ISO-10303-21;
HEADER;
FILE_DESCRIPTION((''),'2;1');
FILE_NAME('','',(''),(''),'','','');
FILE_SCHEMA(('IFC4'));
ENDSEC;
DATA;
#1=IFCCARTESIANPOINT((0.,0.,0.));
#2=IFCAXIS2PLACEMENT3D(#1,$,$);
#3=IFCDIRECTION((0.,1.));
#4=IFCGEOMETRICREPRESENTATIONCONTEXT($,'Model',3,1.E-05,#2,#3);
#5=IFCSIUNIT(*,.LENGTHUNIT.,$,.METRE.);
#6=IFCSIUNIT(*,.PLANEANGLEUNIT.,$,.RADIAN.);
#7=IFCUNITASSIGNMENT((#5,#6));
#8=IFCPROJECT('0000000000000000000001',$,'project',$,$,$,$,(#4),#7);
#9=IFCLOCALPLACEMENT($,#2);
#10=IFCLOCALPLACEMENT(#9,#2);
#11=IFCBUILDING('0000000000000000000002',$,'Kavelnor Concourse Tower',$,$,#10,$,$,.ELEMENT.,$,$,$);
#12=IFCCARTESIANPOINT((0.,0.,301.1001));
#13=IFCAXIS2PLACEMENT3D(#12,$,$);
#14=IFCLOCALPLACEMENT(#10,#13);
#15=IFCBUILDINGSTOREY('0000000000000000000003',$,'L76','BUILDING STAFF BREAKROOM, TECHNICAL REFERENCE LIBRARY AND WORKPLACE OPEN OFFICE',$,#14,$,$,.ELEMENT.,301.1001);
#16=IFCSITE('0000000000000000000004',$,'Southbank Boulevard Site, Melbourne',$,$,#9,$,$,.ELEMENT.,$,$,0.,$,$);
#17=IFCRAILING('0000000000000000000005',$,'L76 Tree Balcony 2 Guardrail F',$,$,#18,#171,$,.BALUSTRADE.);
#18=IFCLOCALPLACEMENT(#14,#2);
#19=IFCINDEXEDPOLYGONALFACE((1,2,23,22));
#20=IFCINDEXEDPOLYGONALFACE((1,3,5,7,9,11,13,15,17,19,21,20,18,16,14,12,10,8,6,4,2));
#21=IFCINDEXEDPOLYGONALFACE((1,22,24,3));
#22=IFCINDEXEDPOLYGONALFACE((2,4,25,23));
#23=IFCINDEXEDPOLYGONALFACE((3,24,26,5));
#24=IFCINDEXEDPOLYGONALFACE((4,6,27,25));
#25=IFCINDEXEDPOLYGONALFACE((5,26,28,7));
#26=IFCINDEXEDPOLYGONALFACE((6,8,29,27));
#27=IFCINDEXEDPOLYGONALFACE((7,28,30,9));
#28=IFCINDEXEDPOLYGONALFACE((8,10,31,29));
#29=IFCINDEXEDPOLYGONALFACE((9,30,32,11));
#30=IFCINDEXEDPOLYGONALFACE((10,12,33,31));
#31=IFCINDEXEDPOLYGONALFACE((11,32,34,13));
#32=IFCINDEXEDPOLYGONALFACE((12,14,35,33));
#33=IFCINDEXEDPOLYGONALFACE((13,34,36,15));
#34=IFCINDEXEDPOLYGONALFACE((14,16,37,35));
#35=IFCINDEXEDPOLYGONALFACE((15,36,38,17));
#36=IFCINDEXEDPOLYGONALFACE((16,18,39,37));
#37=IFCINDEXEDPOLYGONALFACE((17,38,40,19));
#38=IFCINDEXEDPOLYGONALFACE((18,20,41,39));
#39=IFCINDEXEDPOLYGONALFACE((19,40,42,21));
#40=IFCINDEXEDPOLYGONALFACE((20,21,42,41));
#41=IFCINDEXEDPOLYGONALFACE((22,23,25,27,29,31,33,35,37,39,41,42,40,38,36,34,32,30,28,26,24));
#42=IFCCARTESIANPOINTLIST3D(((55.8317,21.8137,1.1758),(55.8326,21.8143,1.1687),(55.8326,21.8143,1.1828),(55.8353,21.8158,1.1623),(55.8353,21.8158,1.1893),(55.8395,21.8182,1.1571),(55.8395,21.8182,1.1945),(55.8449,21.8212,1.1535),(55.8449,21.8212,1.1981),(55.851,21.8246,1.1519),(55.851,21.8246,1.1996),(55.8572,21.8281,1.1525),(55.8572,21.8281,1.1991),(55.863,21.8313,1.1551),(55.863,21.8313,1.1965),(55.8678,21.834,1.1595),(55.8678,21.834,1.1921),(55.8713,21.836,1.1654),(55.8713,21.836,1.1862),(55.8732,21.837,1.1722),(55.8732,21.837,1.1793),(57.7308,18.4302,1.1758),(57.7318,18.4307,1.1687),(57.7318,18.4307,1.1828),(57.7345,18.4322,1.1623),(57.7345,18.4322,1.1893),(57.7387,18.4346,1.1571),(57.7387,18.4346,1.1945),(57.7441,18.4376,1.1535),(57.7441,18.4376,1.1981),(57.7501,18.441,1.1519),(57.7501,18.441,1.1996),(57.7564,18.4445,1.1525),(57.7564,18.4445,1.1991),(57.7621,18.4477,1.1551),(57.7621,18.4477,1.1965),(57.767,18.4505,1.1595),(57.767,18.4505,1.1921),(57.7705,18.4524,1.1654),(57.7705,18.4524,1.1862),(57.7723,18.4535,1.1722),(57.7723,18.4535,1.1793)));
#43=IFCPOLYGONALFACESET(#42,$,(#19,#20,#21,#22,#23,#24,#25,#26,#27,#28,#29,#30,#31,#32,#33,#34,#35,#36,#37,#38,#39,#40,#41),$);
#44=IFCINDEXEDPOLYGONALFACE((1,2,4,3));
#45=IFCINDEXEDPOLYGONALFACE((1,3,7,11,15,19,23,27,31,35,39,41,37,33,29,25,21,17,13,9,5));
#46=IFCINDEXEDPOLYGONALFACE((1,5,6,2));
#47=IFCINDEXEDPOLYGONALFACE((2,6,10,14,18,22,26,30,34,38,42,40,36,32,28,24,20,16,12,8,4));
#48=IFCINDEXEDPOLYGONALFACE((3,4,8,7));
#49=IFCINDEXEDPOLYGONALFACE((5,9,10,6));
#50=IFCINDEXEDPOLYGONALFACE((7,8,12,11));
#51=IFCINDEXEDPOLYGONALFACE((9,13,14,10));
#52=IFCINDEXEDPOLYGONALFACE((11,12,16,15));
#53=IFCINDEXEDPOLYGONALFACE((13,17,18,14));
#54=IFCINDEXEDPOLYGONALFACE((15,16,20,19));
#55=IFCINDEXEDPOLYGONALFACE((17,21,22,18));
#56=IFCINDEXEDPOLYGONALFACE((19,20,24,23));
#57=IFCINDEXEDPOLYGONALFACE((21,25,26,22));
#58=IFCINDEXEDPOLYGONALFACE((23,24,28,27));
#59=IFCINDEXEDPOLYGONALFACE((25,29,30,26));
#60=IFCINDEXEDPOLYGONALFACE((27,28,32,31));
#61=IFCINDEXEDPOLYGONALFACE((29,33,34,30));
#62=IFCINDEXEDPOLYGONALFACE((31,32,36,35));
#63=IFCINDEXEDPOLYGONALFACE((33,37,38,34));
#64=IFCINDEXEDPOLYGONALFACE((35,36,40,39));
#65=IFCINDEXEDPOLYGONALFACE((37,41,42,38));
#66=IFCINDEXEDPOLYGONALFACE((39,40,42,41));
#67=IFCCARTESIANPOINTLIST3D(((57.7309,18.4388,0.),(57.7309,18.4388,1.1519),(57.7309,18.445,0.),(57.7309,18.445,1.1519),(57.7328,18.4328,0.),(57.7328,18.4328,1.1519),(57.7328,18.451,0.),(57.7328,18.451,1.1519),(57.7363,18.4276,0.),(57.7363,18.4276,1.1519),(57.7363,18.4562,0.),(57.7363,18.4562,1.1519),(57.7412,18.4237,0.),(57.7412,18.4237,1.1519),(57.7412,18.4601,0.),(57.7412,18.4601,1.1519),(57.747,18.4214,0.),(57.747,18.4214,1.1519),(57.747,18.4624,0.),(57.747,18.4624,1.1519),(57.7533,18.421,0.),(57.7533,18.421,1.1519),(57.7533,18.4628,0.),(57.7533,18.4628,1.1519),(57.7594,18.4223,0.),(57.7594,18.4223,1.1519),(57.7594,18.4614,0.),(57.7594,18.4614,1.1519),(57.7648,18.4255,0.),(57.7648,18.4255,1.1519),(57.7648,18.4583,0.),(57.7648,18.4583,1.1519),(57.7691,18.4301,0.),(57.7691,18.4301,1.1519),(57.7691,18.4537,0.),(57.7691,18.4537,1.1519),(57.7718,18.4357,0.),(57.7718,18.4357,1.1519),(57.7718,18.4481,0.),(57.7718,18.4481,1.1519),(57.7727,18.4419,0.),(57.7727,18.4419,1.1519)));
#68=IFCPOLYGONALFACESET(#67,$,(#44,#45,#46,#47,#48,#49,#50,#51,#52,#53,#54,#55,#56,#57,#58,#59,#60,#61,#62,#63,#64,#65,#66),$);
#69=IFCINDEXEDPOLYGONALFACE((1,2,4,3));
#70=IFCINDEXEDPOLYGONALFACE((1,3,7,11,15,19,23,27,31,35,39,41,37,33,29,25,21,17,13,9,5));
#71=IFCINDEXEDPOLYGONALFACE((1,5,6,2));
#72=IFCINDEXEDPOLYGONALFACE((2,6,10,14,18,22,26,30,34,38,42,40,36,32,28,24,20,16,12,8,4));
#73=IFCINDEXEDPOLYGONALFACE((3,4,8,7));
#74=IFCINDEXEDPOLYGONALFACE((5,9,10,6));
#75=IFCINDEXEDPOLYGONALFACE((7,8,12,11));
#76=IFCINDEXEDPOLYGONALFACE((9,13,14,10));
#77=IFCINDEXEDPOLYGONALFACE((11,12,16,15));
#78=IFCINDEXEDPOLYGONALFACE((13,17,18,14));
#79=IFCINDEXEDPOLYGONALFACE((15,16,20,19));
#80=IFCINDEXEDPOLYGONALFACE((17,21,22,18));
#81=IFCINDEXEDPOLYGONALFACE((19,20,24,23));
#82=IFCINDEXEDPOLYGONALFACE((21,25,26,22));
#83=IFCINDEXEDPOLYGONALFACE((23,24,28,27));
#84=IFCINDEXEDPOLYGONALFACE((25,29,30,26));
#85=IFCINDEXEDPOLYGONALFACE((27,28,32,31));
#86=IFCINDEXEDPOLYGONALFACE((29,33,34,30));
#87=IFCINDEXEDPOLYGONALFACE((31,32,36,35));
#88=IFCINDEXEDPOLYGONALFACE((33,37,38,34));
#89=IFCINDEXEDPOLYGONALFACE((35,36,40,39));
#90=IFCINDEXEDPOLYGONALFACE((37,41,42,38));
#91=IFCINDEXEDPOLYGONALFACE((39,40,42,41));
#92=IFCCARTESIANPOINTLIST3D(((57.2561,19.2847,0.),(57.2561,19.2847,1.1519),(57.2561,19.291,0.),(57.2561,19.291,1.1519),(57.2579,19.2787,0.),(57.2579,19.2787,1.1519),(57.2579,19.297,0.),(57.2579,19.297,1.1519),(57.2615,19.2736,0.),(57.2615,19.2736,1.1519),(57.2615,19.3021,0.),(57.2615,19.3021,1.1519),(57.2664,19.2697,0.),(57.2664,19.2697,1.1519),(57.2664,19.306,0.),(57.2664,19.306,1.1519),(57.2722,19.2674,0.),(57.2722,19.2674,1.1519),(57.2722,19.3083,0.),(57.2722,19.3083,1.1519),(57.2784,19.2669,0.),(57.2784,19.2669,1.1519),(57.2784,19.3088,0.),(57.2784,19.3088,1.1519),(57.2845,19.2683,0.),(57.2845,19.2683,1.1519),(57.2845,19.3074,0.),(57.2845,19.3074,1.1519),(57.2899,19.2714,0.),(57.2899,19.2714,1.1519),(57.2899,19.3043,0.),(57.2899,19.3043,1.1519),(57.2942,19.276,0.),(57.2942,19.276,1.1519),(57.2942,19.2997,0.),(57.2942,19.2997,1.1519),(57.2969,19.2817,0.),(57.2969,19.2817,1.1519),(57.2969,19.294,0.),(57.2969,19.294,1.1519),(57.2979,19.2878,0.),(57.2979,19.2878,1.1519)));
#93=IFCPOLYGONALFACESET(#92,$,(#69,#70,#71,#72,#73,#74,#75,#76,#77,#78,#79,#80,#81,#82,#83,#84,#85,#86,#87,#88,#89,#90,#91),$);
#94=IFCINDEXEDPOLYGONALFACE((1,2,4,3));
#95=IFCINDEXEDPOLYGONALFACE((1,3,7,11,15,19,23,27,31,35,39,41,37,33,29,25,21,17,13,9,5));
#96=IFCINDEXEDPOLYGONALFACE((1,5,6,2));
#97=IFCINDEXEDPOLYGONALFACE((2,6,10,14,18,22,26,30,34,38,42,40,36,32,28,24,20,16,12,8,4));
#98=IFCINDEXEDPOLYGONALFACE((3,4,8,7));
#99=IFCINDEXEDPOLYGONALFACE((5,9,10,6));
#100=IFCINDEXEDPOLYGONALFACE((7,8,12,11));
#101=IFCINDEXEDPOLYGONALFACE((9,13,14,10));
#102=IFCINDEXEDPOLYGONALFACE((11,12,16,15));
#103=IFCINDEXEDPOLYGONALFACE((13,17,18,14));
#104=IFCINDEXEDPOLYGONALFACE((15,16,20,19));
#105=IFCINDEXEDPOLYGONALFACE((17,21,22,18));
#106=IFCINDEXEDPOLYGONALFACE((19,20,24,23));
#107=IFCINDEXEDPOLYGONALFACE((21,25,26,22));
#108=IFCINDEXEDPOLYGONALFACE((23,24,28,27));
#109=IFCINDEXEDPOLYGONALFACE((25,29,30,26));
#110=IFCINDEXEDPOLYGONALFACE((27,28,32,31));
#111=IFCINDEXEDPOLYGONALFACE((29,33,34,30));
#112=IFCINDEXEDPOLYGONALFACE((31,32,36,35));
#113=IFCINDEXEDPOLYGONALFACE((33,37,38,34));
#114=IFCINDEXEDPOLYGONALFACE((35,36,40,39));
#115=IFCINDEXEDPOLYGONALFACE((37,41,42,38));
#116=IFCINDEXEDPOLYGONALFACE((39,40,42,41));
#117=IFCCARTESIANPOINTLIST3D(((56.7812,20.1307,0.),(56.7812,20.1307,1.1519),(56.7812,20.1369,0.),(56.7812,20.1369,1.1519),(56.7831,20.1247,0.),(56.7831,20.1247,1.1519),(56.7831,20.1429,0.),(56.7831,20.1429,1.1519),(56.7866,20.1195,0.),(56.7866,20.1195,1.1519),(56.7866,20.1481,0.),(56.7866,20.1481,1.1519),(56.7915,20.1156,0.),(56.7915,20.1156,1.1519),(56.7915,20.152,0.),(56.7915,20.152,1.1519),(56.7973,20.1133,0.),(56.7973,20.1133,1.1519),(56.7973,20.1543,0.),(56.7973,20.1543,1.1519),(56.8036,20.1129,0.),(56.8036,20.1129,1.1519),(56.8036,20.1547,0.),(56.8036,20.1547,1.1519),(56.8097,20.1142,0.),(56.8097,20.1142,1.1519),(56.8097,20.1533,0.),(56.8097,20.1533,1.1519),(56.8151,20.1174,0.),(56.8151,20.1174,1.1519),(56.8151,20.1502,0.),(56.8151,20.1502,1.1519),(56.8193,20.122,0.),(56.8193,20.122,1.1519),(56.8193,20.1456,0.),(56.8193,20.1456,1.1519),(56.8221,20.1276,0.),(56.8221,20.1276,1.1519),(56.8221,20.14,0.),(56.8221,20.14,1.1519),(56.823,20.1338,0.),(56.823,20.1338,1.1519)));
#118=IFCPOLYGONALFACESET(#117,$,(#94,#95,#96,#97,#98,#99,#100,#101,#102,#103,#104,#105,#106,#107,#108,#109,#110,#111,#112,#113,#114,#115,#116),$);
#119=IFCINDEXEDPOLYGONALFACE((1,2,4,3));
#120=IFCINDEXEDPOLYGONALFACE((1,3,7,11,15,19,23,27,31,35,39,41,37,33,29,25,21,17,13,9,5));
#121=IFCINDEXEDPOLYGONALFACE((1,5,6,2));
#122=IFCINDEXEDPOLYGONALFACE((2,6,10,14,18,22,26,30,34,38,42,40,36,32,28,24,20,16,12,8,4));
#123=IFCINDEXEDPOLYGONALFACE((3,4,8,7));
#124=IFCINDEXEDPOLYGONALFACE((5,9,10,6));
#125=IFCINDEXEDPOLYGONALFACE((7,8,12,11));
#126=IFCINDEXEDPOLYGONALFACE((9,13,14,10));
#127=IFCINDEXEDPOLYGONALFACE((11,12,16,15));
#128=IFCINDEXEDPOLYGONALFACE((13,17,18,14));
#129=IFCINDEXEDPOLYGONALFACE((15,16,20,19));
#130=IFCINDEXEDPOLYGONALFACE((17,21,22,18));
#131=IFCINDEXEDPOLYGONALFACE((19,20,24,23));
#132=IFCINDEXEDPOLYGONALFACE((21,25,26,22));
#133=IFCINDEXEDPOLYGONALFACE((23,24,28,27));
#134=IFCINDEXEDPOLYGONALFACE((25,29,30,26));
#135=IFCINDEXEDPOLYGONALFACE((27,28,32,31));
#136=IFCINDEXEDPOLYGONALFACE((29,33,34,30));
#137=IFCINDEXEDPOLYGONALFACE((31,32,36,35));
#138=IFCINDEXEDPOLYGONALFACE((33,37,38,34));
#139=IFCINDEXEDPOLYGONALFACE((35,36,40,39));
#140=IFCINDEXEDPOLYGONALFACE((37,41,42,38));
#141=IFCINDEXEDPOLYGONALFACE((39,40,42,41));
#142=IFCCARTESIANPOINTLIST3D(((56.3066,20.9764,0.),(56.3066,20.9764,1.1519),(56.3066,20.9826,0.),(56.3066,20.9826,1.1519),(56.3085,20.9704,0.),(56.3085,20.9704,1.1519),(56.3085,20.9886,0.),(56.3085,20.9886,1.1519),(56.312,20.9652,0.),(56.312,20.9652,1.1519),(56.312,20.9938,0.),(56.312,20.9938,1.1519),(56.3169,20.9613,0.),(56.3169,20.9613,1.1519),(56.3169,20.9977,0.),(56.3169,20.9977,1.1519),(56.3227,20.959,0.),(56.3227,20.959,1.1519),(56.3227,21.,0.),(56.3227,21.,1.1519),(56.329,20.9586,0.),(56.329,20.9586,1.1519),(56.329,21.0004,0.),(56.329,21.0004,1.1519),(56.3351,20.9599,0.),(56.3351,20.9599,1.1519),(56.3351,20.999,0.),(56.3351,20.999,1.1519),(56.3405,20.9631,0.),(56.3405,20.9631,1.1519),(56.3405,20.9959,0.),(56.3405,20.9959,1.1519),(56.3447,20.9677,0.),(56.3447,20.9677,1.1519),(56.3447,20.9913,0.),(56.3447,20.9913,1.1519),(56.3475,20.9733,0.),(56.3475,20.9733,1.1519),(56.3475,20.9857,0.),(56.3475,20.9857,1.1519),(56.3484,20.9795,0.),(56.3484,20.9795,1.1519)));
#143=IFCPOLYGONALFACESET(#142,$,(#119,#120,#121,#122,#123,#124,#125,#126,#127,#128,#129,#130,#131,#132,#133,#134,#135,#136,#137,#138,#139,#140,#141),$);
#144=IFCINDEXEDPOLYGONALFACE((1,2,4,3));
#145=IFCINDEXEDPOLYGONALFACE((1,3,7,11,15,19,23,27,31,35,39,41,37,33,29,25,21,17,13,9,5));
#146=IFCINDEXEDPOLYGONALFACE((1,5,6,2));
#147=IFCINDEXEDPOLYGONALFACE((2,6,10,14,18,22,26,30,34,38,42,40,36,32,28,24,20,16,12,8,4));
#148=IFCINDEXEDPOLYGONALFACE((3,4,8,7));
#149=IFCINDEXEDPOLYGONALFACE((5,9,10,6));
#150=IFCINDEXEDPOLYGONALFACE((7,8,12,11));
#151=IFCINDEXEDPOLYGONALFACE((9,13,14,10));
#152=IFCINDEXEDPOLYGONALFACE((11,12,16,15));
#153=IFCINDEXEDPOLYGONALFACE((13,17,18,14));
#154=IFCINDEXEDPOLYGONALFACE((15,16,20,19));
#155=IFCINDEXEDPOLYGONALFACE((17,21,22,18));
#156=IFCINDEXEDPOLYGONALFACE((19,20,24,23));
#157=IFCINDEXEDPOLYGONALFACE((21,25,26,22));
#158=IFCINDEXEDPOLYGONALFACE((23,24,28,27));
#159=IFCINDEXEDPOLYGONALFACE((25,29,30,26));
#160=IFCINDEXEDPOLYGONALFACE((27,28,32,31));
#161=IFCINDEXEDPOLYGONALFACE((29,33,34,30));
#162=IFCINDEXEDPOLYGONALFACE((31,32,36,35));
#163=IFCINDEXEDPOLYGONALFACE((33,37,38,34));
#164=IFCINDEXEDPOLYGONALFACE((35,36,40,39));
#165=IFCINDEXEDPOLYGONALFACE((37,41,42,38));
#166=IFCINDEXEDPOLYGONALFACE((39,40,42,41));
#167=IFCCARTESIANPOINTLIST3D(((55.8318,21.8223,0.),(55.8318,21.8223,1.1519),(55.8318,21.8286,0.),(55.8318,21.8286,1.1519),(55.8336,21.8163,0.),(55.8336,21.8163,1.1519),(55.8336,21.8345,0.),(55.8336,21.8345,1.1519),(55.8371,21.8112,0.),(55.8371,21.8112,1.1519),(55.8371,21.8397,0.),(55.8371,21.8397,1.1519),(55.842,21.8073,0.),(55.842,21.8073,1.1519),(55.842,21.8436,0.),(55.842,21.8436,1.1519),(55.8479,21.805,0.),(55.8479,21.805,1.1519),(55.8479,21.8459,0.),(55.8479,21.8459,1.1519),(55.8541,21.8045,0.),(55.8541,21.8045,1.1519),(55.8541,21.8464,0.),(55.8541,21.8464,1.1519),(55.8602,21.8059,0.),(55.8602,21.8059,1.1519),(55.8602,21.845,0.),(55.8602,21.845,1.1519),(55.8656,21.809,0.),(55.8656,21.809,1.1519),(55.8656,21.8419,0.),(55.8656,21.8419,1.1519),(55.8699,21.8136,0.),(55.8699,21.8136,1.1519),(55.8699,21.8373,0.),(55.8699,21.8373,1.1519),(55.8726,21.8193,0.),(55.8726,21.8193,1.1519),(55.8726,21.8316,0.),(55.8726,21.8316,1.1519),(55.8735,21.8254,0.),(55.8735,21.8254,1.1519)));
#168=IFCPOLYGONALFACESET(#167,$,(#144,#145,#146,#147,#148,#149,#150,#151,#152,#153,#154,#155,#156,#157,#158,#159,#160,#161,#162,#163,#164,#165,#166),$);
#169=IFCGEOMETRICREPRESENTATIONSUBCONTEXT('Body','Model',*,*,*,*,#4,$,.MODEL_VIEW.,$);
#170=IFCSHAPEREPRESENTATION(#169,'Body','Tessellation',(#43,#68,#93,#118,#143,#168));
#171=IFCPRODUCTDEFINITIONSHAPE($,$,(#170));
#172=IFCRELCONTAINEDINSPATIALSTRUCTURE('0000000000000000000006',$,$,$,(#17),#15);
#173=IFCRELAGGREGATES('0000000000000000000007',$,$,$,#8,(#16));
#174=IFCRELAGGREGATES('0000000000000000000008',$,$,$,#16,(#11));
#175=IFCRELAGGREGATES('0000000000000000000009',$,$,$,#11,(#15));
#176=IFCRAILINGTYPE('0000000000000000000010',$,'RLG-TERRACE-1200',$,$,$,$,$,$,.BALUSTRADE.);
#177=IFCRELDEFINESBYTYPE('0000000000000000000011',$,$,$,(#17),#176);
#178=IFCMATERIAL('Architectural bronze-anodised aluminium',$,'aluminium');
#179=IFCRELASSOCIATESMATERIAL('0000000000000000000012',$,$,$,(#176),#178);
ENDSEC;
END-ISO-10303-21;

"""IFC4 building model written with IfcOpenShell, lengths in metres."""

from ifc_helpers import new_model, si_unit, direction, frame, origin, origin_2d, place, context, subcontext, project, spatial, circle, extrude, material, type_object, element, save


model = new_model("IFC4")

# Units and contexts
model_context = context("Model", 3, precision=1e-05, world=origin(), true_north=direction((0.0, 1.0)))
body_context = subcontext(model_context, "Body", "Model", "MODEL_VIEW")
ifc_project = project(units=[si_unit("LENGTHUNIT", "METRE"), si_unit("PLANEANGLEUNIT", "RADIAN")], contexts=[model_context])

# Site, building, storey
site_placement = place(None, origin())
site = spatial("IfcSite", under=ifc_project, at=site_placement, Name="Southbank Boulevard Site, Melbourne", CompositionType="ELEMENT", RefElevation=0.0)
building_placement = place(site_placement, origin())
building = spatial("IfcBuilding", under=site, at=building_placement, Name="Kavelnor Concourse Tower", CompositionType="ELEMENT")
storey_placement = place(building_placement, frame((0.0, 0.0, 301.1001)))
storey = spatial("IfcBuildingStorey", under=building, at=storey_placement, Name="L76", Description="BUILDING STAFF BREAKROOM, TECHNICAL REFERENCE LIBRARY AND WORKPLACE OPEN OFFICE", CompositionType="ELEMENT", Elevation=301.1001)

# Railing
ifc_material_1 = material(Name="Architectural bronze-anodised aluminium", Category="aluminium")
railing_type_1 = type_object("IfcRailingType", Name="RLG-TERRACE-1200", PredefinedType="BALUSTRADE", material=ifc_material_1)
railing_1_placement = place(storey_placement, frame((57.7517, 18.4419, 0.0)))
element("IfcRailing", 1, at=railing_1_placement, inside=storey, type_object=railing_type_1, Name="L76 Tree Balcony 2 Guardrail F", PredefinedType="BALUSTRADE", context=body_context, shape_type="SweptSolid", body=[
    extrude(circle(Radius=0.0239, at=origin_2d()), frame((0.0, 0.0, 1.1758), z_axis=(-0.489463, 0.872024, 0.0), x_axis=(-0.872024, -0.489463, 0.0)), (0.0, 0.0, 1.0), 3.8801),
    extrude(circle(Radius=0.021, at=origin_2d()), origin(), (0.0, 0.0, 1.0), 1.1519),
    extrude(circle(Radius=0.021, at=origin_2d()), frame((-0.4749, 0.8459, 0.0)), (0.0, 0.0, 1.0), 1.1519),
    extrude(circle(Radius=0.021, at=origin_2d()), frame((-0.9497, 1.6919, 0.0)), (0.0, 0.0, 1.0), 1.1519),
    extrude(circle(Radius=0.021, at=origin_2d()), frame((-1.4243, 2.5376, 0.0)), (0.0, 0.0, 1.0), 1.1519),
    extrude(circle(Radius=0.021, at=origin_2d()), frame((-1.8992, 3.3835, 0.0)), (0.0, 0.0, 1.0), 1.1519),
])

save(model, "model.ifc")
